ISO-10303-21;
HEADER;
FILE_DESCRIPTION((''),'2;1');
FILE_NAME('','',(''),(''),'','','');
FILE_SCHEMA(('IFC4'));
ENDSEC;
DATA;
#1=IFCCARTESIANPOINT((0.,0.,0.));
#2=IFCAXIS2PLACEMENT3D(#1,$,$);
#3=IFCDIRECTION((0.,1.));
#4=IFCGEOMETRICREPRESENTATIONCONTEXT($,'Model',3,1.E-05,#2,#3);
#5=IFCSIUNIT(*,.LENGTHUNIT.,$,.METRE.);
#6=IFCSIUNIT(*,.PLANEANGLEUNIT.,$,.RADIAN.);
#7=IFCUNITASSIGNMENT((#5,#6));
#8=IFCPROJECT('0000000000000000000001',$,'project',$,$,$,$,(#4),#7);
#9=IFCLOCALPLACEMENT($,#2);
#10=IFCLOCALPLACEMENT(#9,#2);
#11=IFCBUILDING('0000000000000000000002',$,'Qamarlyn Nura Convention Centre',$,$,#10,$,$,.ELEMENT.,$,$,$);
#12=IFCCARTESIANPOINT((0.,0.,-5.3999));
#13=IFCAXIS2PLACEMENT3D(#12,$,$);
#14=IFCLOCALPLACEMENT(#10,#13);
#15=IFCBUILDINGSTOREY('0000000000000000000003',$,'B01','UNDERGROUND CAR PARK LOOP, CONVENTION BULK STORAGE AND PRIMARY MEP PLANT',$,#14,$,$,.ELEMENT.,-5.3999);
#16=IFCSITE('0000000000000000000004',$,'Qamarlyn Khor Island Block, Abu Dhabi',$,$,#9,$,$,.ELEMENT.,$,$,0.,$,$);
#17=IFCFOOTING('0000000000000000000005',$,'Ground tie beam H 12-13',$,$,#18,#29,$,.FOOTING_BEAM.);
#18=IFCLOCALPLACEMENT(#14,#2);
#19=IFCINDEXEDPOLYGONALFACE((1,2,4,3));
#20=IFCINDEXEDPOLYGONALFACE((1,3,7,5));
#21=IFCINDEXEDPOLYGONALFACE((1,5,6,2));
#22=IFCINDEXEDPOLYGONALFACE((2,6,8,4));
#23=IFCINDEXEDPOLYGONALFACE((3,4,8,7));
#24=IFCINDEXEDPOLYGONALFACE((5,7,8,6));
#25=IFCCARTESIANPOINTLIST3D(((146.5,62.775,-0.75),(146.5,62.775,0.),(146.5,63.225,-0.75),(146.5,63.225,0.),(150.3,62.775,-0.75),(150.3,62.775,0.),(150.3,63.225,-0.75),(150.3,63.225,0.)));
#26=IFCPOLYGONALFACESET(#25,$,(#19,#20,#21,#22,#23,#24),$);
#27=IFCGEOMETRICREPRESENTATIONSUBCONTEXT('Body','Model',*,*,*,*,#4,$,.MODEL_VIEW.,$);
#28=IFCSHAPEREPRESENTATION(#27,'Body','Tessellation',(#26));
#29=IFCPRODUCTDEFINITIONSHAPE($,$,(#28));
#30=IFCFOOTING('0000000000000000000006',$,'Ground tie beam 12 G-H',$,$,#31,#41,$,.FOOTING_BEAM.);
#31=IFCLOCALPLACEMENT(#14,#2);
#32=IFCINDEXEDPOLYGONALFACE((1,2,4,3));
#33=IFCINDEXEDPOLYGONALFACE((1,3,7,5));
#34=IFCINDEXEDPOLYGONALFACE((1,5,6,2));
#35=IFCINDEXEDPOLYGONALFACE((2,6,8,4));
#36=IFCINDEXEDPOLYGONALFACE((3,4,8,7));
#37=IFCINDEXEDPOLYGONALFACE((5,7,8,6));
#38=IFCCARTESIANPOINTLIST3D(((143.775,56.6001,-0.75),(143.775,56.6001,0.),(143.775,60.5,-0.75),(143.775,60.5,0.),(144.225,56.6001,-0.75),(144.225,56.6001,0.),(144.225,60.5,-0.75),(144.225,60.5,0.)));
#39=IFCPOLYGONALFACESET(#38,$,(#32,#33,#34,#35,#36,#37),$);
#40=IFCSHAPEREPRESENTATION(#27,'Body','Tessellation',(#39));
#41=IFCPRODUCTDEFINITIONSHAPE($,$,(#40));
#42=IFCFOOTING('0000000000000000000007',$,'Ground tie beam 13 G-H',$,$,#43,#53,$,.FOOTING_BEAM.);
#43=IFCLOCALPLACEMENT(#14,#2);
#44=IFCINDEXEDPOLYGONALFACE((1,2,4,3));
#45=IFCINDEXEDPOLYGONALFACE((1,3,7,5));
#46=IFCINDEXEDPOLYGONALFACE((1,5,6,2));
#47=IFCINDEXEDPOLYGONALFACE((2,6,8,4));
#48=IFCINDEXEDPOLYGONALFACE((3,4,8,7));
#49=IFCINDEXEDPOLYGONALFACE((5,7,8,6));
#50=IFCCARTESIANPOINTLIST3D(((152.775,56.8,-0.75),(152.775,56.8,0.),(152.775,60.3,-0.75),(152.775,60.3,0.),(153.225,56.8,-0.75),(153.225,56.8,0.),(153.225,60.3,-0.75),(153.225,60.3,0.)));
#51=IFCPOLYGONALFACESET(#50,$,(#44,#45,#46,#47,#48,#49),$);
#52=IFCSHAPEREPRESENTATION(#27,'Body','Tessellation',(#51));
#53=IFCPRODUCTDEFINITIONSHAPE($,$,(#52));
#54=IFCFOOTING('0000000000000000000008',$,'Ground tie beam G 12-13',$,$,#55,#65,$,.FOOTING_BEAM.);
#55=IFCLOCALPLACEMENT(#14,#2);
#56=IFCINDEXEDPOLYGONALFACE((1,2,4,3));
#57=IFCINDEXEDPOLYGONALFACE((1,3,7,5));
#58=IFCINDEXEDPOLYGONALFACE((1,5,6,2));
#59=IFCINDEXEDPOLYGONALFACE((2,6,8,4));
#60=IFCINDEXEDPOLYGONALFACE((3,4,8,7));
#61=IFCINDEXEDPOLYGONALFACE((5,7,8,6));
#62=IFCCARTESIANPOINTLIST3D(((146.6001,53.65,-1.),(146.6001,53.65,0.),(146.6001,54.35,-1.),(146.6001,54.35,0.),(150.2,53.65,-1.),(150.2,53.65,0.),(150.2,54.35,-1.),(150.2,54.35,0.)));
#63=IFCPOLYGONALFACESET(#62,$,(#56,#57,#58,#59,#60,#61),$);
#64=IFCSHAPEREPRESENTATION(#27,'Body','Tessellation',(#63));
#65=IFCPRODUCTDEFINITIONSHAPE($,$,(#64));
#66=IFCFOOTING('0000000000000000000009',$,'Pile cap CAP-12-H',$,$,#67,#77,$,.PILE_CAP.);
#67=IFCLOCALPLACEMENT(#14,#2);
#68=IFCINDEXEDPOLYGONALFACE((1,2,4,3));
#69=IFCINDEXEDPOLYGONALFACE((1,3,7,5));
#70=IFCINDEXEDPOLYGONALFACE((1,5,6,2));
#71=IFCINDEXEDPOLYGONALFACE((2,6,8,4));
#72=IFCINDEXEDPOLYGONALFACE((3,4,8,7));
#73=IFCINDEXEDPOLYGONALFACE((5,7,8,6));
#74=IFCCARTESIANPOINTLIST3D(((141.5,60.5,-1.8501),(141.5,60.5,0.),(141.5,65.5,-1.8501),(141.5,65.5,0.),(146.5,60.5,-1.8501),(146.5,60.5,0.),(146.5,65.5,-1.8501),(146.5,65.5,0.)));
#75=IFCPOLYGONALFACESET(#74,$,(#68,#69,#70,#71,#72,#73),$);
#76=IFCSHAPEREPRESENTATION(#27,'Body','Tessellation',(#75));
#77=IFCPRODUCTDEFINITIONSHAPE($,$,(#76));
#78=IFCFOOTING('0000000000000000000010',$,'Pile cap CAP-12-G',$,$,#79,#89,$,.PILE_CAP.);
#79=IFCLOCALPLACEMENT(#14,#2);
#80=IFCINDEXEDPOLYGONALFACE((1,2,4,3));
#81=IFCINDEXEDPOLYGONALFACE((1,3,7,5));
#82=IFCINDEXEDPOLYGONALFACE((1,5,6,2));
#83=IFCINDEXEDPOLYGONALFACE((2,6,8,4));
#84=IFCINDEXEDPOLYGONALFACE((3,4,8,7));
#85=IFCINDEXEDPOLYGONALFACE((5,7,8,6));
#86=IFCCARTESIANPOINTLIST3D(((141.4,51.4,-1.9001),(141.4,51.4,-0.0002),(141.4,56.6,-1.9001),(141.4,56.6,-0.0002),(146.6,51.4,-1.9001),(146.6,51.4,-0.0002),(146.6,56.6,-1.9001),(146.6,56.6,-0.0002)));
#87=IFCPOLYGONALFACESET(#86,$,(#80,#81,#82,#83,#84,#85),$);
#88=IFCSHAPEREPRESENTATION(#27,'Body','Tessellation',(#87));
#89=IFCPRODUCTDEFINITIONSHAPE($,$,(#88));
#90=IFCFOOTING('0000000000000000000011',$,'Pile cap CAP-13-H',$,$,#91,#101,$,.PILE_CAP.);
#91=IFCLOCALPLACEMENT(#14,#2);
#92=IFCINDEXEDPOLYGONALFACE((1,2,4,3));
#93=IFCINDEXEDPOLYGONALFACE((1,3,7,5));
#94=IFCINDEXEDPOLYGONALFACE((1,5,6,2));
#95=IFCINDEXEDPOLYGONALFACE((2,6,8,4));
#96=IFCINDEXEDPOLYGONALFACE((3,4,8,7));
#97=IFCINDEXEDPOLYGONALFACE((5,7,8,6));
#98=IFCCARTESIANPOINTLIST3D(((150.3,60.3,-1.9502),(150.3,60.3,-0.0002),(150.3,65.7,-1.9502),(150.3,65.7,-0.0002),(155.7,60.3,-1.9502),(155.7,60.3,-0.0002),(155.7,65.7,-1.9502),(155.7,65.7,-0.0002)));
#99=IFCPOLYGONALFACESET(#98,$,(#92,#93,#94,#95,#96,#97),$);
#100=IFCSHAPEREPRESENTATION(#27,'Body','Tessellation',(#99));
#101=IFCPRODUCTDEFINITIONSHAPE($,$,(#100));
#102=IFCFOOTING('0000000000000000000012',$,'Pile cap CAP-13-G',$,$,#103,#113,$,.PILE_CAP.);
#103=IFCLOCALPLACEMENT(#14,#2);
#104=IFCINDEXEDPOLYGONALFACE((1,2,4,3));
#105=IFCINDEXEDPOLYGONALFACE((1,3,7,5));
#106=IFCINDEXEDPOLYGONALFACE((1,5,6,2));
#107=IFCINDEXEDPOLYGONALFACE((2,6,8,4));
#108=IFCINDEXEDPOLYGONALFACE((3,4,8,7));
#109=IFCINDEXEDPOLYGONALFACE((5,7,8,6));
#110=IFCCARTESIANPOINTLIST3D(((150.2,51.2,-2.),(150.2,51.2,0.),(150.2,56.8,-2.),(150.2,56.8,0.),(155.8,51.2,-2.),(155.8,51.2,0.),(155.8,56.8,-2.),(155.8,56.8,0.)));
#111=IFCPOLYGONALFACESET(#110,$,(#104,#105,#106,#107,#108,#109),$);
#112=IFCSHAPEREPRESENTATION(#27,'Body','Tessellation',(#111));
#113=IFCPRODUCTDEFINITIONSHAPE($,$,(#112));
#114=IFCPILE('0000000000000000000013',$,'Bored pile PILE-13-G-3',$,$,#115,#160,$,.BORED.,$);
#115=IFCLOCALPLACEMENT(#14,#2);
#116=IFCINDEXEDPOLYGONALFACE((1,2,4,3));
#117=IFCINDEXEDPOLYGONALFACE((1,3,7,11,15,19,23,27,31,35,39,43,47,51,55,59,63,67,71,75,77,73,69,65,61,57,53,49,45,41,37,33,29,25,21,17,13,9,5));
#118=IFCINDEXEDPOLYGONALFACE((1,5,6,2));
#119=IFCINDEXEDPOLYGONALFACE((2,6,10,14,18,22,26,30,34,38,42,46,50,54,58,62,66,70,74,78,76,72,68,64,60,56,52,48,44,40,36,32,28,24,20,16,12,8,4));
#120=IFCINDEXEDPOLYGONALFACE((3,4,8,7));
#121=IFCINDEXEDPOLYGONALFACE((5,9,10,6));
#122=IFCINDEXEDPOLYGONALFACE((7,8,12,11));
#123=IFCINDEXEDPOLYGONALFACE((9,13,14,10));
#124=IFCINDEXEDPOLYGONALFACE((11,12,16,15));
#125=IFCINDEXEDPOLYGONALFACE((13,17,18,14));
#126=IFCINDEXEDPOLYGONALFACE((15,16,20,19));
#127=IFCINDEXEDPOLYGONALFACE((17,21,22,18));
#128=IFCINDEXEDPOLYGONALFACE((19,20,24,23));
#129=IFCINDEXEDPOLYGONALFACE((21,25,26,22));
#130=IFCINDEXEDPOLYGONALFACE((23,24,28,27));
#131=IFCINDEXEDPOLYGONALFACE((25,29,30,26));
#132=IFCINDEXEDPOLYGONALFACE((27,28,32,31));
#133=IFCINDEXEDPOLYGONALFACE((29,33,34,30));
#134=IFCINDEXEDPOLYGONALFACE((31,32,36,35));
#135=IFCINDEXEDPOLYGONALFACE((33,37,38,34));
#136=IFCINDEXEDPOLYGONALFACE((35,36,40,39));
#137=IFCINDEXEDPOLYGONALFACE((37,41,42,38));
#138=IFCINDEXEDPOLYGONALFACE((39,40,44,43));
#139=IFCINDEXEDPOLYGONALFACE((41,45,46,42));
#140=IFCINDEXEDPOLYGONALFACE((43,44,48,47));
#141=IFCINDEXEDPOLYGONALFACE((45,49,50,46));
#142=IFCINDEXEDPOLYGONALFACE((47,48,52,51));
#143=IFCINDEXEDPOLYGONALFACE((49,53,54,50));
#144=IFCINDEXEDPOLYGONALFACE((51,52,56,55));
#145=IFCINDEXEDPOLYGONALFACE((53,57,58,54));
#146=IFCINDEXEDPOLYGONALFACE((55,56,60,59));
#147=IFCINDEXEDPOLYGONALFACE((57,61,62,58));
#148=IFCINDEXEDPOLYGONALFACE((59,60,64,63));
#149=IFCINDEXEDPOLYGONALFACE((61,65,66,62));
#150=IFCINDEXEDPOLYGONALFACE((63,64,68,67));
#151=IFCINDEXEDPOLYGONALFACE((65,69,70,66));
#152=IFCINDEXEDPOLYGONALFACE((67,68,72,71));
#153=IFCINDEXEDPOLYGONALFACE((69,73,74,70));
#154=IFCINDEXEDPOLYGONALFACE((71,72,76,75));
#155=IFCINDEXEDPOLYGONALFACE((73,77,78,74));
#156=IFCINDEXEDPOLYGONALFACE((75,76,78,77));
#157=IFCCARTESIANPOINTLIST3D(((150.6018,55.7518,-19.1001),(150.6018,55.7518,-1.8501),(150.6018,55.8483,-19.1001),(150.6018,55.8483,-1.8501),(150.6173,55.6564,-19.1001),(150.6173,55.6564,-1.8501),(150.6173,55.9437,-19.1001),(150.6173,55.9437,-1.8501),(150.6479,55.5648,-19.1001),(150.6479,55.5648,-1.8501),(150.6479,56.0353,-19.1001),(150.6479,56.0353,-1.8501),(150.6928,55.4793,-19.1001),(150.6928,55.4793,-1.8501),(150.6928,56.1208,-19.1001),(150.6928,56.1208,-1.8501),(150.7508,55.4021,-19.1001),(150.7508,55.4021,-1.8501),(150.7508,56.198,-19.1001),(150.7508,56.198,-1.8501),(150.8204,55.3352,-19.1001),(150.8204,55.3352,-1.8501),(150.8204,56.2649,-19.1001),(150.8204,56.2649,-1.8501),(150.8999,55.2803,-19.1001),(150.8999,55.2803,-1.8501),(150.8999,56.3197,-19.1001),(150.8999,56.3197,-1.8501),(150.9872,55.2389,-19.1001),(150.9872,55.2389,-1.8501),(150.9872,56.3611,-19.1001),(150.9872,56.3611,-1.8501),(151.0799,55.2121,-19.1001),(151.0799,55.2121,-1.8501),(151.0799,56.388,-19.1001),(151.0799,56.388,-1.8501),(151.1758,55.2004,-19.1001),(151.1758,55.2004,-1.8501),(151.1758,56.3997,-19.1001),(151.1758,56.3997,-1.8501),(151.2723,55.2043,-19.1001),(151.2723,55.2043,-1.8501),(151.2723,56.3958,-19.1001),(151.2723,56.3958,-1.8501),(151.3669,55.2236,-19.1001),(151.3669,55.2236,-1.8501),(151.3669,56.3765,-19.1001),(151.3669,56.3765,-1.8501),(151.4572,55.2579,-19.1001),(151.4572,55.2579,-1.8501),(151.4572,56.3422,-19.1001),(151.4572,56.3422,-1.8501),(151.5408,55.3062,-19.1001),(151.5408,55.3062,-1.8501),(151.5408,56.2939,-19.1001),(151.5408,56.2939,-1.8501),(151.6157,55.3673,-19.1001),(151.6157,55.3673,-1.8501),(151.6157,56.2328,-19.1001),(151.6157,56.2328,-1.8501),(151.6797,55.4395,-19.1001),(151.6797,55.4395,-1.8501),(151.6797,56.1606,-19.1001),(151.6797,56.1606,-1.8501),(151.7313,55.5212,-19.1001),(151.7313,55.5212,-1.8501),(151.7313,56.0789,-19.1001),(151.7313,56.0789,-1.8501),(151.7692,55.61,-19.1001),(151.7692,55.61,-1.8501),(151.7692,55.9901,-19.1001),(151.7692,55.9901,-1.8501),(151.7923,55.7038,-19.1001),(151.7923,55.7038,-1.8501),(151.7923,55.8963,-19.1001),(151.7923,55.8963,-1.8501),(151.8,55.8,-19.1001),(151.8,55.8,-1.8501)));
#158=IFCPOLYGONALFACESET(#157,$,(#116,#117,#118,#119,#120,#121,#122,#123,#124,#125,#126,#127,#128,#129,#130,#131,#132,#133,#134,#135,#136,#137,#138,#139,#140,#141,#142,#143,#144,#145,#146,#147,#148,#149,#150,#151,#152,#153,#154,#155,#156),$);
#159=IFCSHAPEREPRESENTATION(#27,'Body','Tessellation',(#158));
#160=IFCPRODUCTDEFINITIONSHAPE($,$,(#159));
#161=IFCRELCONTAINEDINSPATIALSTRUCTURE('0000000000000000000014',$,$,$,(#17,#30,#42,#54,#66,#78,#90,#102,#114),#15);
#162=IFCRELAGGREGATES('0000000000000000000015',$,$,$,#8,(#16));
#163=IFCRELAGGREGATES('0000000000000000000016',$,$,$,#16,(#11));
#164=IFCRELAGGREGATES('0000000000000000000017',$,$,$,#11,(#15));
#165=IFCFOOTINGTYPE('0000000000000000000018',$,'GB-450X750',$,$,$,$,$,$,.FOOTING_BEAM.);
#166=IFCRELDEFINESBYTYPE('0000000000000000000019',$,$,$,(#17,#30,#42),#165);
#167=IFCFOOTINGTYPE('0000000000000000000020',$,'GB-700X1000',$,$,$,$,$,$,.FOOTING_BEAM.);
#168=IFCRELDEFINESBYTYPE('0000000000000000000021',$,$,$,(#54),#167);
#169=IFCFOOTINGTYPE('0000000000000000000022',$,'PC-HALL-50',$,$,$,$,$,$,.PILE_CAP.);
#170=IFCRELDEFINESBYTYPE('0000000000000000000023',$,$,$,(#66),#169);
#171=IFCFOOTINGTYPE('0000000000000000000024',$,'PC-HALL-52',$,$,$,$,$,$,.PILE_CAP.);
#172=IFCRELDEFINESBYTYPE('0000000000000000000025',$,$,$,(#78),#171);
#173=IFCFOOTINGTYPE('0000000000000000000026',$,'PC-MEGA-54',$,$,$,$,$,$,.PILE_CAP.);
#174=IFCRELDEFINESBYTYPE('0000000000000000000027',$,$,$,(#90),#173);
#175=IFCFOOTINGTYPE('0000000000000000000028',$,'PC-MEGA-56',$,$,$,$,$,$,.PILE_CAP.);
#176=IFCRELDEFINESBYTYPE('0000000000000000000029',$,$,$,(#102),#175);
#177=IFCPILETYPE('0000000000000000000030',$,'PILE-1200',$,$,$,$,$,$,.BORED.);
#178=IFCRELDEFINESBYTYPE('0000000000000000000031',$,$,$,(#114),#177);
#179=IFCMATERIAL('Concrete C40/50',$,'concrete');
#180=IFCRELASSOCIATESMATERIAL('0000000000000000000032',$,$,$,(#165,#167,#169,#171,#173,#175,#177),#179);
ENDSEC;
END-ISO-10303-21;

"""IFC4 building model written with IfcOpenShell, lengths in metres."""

from ifc_helpers import new_model, si_unit, direction, frame, origin, origin_2d, place, context, subcontext, project, spatial, rectangle, circle, extrude, material, material_profile, profile_set, type_object, element, save


model = new_model("IFC4")

# Units and contexts
model_context = context("Model", 3, precision=1e-05, world=origin(), true_north=direction((0.0, 1.0)))
body_context = subcontext(model_context, "Body", "Model", "MODEL_VIEW")
ifc_project = project(units=[si_unit("LENGTHUNIT", "METRE"), si_unit("PLANEANGLEUNIT", "RADIAN")], contexts=[model_context])

# Site, building, storey
site_placement = place(None, origin())
site = spatial("IfcSite", under=ifc_project, at=site_placement, Name="Qamarlyn Khor Island Block, Abu Dhabi", CompositionType="ELEMENT", RefElevation=0.0)
building_placement = place(site_placement, origin())
building = spatial("IfcBuilding", under=site, at=building_placement, Name="Qamarlyn Nura Convention Centre", CompositionType="ELEMENT")
storey_placement = place(building_placement, frame((0.0, 0.0, -5.3999)))
storey = spatial("IfcBuildingStorey", under=building, at=storey_placement, Name="B01", Description="UNDERGROUND CAR PARK LOOP, CONVENTION BULK STORAGE AND PRIMARY MEP PLANT", CompositionType="ELEMENT", Elevation=-5.3999)

# Footings
ifc_material_1 = material(Name="Concrete C40/50", Category="concrete")
ifc_material_profile_1 = material_profile(ifc_material_1, rectangle(XDim=0.45, YDim=0.75, at=origin_2d()), Name="RC GB 450x750")
ifc_profile_set_1 = profile_set([ifc_material_profile_1], Name="Concrete C40/50")
footing_type_1 = type_object("IfcFootingType", Name="GB-450X750", PredefinedType="FOOTING_BEAM", material=ifc_profile_set_1)
footing_1_placement = place(storey_placement, frame((146.5, 63.0, -0.375), z_axis=(1.0, 0.0, 0.0), x_axis=(0.0, 1.0, 0.0)))
element("IfcFooting", 1, at=footing_1_placement, inside=storey, type_object=footing_type_1, Name="Ground tie beam H 12-13", PredefinedType="FOOTING_BEAM", context=body_context, shape_type="SweptSolid", body=[
    extrude(rectangle(XDim=0.45, YDim=0.75, at=origin_2d()), origin(), (0.0, 0.0, 1.0), 3.8),
])
footing_2_placement = place(storey_placement, frame((144.0, 56.6001, -0.375), z_axis=(0.0, 1.0, 0.0), x_axis=(-1.0, 0.0, 0.0)))
element("IfcFooting", 2, at=footing_2_placement, inside=storey, type_object=footing_type_1, Name="Ground tie beam 12 G-H", PredefinedType="FOOTING_BEAM", context=body_context, shape_type="SweptSolid", body=[
    extrude(rectangle(XDim=0.45, YDim=0.75, at=origin_2d()), origin(), (0.0, 0.0, 1.0), 3.8999),
])
footing_3_placement = place(storey_placement, frame((153.0, 56.8, -0.375), z_axis=(0.0, 1.0, 0.0), x_axis=(-1.0, 0.0, 0.0)))
element("IfcFooting", 3, at=footing_3_placement, inside=storey, type_object=footing_type_1, Name="Ground tie beam 13 G-H", PredefinedType="FOOTING_BEAM", context=body_context, shape_type="SweptSolid", body=[
    extrude(rectangle(XDim=0.45, YDim=0.75, at=origin_2d()), origin(), (0.0, 0.0, 1.0), 3.5),
])
ifc_material_profile_2 = material_profile(ifc_material_1, rectangle(XDim=0.7, YDim=1.0, at=origin_2d()), Name="RC GB 700x1000")
ifc_profile_set_2 = profile_set([ifc_material_profile_2], Name="Concrete C40/50")
footing_type_2 = type_object("IfcFootingType", Name="GB-700X1000", PredefinedType="FOOTING_BEAM", material=ifc_profile_set_2)
footing_4_placement = place(storey_placement, frame((146.6001, 54.0, -0.5), z_axis=(1.0, 0.0, 0.0), x_axis=(0.0, 1.0, 0.0)))
element("IfcFooting", 4, at=footing_4_placement, inside=storey, type_object=footing_type_2, Name="Ground tie beam G 12-13", PredefinedType="FOOTING_BEAM", context=body_context, shape_type="SweptSolid", body=[
    extrude(rectangle(XDim=0.7, YDim=1.0, at=origin_2d()), origin(), (0.0, 0.0, 1.0), 3.5999),
])
footing_type_3 = type_object("IfcFootingType", Name="PC-HALL-50", PredefinedType="PILE_CAP", material=ifc_material_1)
footing_5_placement = place(storey_placement, frame((144.0, 63.0, -1.8501), z_axis=(0.0, 0.0, 1.0), x_axis=(1.0, 0.0, 0.0)))
element("IfcFooting", 5, at=footing_5_placement, inside=storey, type_object=footing_type_3, Name="Pile cap CAP-12-H", PredefinedType="PILE_CAP", context=body_context, shape_type="SweptSolid", body=[
    extrude(rectangle(XDim=5.0, YDim=5.0, at=origin_2d()), origin(), (0.0, 0.0, 1.0), 1.8501),
])
footing_type_4 = type_object("IfcFootingType", Name="PC-HALL-52", PredefinedType="PILE_CAP", material=ifc_material_1)
footing_6_placement = place(storey_placement, frame((144.0, 54.0, -1.9001), z_axis=(0.0, 0.0, 1.0), x_axis=(1.0, 0.0, 0.0)))
element("IfcFooting", 6, at=footing_6_placement, inside=storey, type_object=footing_type_4, Name="Pile cap CAP-12-G", PredefinedType="PILE_CAP", context=body_context, shape_type="SweptSolid", body=[
    extrude(rectangle(XDim=5.2, YDim=5.2, at=origin_2d()), origin(), (0.0, 0.0, 1.0), 1.8999),
])
footing_type_5 = type_object("IfcFootingType", Name="PC-MEGA-54", PredefinedType="PILE_CAP", material=ifc_material_1)
footing_7_placement = place(storey_placement, frame((153.0, 63.0, -1.9502), z_axis=(0.0, 0.0, 1.0), x_axis=(1.0, 0.0, 0.0)))
element("IfcFooting", 7, at=footing_7_placement, inside=storey, type_object=footing_type_5, Name="Pile cap CAP-13-H", PredefinedType="PILE_CAP", context=body_context, shape_type="SweptSolid", body=[
    extrude(rectangle(XDim=5.3999, YDim=5.3999, at=origin_2d()), origin(), (0.0, 0.0, 1.0), 1.95),
])
footing_type_6 = type_object("IfcFootingType", Name="PC-MEGA-56", PredefinedType="PILE_CAP", material=ifc_material_1)
footing_8_placement = place(storey_placement, frame((153.0, 54.0, -2.0), z_axis=(0.0, 0.0, 1.0), x_axis=(1.0, 0.0, 0.0)))
element("IfcFooting", 8, at=footing_8_placement, inside=storey, type_object=footing_type_6, Name="Pile cap CAP-13-G", PredefinedType="PILE_CAP", context=body_context, shape_type="SweptSolid", body=[
    extrude(rectangle(XDim=5.6001, YDim=5.6001, at=origin_2d()), origin(), (0.0, 0.0, 1.0), 2.0),
])

# Pile
ifc_material_profile_3 = material_profile(ifc_material_1, circle(Radius=0.6001, at=origin_2d()), Name="BORED PILE 1200")
ifc_profile_set_3 = profile_set([ifc_material_profile_3], Name="Concrete C40/50")
pile_type_1 = type_object("IfcPileType", Name="PILE-1200", PredefinedType="BORED", material=ifc_profile_set_3)
for number, where, z_axis, x_axis, name in (
    (9, (151.2, 55.8, -1.8501), (0.0, 0.0, -1.0), (1.0, 0.0, 0.0), "Bored pile PILE-13-G-3"),
):
    element("IfcPile", number, at=place(storey_placement, frame(where, z_axis=z_axis, x_axis=x_axis)), inside=storey, type_object=pile_type_1, Name=name, PredefinedType="BORED", context=body_context, shape_type="SweptSolid", body=[
        extrude(circle(Radius=0.6001, at=origin_2d()), origin(), (0.0, 0.0, 1.0), 17.25),
    ])

save(model, "model.ifc")
